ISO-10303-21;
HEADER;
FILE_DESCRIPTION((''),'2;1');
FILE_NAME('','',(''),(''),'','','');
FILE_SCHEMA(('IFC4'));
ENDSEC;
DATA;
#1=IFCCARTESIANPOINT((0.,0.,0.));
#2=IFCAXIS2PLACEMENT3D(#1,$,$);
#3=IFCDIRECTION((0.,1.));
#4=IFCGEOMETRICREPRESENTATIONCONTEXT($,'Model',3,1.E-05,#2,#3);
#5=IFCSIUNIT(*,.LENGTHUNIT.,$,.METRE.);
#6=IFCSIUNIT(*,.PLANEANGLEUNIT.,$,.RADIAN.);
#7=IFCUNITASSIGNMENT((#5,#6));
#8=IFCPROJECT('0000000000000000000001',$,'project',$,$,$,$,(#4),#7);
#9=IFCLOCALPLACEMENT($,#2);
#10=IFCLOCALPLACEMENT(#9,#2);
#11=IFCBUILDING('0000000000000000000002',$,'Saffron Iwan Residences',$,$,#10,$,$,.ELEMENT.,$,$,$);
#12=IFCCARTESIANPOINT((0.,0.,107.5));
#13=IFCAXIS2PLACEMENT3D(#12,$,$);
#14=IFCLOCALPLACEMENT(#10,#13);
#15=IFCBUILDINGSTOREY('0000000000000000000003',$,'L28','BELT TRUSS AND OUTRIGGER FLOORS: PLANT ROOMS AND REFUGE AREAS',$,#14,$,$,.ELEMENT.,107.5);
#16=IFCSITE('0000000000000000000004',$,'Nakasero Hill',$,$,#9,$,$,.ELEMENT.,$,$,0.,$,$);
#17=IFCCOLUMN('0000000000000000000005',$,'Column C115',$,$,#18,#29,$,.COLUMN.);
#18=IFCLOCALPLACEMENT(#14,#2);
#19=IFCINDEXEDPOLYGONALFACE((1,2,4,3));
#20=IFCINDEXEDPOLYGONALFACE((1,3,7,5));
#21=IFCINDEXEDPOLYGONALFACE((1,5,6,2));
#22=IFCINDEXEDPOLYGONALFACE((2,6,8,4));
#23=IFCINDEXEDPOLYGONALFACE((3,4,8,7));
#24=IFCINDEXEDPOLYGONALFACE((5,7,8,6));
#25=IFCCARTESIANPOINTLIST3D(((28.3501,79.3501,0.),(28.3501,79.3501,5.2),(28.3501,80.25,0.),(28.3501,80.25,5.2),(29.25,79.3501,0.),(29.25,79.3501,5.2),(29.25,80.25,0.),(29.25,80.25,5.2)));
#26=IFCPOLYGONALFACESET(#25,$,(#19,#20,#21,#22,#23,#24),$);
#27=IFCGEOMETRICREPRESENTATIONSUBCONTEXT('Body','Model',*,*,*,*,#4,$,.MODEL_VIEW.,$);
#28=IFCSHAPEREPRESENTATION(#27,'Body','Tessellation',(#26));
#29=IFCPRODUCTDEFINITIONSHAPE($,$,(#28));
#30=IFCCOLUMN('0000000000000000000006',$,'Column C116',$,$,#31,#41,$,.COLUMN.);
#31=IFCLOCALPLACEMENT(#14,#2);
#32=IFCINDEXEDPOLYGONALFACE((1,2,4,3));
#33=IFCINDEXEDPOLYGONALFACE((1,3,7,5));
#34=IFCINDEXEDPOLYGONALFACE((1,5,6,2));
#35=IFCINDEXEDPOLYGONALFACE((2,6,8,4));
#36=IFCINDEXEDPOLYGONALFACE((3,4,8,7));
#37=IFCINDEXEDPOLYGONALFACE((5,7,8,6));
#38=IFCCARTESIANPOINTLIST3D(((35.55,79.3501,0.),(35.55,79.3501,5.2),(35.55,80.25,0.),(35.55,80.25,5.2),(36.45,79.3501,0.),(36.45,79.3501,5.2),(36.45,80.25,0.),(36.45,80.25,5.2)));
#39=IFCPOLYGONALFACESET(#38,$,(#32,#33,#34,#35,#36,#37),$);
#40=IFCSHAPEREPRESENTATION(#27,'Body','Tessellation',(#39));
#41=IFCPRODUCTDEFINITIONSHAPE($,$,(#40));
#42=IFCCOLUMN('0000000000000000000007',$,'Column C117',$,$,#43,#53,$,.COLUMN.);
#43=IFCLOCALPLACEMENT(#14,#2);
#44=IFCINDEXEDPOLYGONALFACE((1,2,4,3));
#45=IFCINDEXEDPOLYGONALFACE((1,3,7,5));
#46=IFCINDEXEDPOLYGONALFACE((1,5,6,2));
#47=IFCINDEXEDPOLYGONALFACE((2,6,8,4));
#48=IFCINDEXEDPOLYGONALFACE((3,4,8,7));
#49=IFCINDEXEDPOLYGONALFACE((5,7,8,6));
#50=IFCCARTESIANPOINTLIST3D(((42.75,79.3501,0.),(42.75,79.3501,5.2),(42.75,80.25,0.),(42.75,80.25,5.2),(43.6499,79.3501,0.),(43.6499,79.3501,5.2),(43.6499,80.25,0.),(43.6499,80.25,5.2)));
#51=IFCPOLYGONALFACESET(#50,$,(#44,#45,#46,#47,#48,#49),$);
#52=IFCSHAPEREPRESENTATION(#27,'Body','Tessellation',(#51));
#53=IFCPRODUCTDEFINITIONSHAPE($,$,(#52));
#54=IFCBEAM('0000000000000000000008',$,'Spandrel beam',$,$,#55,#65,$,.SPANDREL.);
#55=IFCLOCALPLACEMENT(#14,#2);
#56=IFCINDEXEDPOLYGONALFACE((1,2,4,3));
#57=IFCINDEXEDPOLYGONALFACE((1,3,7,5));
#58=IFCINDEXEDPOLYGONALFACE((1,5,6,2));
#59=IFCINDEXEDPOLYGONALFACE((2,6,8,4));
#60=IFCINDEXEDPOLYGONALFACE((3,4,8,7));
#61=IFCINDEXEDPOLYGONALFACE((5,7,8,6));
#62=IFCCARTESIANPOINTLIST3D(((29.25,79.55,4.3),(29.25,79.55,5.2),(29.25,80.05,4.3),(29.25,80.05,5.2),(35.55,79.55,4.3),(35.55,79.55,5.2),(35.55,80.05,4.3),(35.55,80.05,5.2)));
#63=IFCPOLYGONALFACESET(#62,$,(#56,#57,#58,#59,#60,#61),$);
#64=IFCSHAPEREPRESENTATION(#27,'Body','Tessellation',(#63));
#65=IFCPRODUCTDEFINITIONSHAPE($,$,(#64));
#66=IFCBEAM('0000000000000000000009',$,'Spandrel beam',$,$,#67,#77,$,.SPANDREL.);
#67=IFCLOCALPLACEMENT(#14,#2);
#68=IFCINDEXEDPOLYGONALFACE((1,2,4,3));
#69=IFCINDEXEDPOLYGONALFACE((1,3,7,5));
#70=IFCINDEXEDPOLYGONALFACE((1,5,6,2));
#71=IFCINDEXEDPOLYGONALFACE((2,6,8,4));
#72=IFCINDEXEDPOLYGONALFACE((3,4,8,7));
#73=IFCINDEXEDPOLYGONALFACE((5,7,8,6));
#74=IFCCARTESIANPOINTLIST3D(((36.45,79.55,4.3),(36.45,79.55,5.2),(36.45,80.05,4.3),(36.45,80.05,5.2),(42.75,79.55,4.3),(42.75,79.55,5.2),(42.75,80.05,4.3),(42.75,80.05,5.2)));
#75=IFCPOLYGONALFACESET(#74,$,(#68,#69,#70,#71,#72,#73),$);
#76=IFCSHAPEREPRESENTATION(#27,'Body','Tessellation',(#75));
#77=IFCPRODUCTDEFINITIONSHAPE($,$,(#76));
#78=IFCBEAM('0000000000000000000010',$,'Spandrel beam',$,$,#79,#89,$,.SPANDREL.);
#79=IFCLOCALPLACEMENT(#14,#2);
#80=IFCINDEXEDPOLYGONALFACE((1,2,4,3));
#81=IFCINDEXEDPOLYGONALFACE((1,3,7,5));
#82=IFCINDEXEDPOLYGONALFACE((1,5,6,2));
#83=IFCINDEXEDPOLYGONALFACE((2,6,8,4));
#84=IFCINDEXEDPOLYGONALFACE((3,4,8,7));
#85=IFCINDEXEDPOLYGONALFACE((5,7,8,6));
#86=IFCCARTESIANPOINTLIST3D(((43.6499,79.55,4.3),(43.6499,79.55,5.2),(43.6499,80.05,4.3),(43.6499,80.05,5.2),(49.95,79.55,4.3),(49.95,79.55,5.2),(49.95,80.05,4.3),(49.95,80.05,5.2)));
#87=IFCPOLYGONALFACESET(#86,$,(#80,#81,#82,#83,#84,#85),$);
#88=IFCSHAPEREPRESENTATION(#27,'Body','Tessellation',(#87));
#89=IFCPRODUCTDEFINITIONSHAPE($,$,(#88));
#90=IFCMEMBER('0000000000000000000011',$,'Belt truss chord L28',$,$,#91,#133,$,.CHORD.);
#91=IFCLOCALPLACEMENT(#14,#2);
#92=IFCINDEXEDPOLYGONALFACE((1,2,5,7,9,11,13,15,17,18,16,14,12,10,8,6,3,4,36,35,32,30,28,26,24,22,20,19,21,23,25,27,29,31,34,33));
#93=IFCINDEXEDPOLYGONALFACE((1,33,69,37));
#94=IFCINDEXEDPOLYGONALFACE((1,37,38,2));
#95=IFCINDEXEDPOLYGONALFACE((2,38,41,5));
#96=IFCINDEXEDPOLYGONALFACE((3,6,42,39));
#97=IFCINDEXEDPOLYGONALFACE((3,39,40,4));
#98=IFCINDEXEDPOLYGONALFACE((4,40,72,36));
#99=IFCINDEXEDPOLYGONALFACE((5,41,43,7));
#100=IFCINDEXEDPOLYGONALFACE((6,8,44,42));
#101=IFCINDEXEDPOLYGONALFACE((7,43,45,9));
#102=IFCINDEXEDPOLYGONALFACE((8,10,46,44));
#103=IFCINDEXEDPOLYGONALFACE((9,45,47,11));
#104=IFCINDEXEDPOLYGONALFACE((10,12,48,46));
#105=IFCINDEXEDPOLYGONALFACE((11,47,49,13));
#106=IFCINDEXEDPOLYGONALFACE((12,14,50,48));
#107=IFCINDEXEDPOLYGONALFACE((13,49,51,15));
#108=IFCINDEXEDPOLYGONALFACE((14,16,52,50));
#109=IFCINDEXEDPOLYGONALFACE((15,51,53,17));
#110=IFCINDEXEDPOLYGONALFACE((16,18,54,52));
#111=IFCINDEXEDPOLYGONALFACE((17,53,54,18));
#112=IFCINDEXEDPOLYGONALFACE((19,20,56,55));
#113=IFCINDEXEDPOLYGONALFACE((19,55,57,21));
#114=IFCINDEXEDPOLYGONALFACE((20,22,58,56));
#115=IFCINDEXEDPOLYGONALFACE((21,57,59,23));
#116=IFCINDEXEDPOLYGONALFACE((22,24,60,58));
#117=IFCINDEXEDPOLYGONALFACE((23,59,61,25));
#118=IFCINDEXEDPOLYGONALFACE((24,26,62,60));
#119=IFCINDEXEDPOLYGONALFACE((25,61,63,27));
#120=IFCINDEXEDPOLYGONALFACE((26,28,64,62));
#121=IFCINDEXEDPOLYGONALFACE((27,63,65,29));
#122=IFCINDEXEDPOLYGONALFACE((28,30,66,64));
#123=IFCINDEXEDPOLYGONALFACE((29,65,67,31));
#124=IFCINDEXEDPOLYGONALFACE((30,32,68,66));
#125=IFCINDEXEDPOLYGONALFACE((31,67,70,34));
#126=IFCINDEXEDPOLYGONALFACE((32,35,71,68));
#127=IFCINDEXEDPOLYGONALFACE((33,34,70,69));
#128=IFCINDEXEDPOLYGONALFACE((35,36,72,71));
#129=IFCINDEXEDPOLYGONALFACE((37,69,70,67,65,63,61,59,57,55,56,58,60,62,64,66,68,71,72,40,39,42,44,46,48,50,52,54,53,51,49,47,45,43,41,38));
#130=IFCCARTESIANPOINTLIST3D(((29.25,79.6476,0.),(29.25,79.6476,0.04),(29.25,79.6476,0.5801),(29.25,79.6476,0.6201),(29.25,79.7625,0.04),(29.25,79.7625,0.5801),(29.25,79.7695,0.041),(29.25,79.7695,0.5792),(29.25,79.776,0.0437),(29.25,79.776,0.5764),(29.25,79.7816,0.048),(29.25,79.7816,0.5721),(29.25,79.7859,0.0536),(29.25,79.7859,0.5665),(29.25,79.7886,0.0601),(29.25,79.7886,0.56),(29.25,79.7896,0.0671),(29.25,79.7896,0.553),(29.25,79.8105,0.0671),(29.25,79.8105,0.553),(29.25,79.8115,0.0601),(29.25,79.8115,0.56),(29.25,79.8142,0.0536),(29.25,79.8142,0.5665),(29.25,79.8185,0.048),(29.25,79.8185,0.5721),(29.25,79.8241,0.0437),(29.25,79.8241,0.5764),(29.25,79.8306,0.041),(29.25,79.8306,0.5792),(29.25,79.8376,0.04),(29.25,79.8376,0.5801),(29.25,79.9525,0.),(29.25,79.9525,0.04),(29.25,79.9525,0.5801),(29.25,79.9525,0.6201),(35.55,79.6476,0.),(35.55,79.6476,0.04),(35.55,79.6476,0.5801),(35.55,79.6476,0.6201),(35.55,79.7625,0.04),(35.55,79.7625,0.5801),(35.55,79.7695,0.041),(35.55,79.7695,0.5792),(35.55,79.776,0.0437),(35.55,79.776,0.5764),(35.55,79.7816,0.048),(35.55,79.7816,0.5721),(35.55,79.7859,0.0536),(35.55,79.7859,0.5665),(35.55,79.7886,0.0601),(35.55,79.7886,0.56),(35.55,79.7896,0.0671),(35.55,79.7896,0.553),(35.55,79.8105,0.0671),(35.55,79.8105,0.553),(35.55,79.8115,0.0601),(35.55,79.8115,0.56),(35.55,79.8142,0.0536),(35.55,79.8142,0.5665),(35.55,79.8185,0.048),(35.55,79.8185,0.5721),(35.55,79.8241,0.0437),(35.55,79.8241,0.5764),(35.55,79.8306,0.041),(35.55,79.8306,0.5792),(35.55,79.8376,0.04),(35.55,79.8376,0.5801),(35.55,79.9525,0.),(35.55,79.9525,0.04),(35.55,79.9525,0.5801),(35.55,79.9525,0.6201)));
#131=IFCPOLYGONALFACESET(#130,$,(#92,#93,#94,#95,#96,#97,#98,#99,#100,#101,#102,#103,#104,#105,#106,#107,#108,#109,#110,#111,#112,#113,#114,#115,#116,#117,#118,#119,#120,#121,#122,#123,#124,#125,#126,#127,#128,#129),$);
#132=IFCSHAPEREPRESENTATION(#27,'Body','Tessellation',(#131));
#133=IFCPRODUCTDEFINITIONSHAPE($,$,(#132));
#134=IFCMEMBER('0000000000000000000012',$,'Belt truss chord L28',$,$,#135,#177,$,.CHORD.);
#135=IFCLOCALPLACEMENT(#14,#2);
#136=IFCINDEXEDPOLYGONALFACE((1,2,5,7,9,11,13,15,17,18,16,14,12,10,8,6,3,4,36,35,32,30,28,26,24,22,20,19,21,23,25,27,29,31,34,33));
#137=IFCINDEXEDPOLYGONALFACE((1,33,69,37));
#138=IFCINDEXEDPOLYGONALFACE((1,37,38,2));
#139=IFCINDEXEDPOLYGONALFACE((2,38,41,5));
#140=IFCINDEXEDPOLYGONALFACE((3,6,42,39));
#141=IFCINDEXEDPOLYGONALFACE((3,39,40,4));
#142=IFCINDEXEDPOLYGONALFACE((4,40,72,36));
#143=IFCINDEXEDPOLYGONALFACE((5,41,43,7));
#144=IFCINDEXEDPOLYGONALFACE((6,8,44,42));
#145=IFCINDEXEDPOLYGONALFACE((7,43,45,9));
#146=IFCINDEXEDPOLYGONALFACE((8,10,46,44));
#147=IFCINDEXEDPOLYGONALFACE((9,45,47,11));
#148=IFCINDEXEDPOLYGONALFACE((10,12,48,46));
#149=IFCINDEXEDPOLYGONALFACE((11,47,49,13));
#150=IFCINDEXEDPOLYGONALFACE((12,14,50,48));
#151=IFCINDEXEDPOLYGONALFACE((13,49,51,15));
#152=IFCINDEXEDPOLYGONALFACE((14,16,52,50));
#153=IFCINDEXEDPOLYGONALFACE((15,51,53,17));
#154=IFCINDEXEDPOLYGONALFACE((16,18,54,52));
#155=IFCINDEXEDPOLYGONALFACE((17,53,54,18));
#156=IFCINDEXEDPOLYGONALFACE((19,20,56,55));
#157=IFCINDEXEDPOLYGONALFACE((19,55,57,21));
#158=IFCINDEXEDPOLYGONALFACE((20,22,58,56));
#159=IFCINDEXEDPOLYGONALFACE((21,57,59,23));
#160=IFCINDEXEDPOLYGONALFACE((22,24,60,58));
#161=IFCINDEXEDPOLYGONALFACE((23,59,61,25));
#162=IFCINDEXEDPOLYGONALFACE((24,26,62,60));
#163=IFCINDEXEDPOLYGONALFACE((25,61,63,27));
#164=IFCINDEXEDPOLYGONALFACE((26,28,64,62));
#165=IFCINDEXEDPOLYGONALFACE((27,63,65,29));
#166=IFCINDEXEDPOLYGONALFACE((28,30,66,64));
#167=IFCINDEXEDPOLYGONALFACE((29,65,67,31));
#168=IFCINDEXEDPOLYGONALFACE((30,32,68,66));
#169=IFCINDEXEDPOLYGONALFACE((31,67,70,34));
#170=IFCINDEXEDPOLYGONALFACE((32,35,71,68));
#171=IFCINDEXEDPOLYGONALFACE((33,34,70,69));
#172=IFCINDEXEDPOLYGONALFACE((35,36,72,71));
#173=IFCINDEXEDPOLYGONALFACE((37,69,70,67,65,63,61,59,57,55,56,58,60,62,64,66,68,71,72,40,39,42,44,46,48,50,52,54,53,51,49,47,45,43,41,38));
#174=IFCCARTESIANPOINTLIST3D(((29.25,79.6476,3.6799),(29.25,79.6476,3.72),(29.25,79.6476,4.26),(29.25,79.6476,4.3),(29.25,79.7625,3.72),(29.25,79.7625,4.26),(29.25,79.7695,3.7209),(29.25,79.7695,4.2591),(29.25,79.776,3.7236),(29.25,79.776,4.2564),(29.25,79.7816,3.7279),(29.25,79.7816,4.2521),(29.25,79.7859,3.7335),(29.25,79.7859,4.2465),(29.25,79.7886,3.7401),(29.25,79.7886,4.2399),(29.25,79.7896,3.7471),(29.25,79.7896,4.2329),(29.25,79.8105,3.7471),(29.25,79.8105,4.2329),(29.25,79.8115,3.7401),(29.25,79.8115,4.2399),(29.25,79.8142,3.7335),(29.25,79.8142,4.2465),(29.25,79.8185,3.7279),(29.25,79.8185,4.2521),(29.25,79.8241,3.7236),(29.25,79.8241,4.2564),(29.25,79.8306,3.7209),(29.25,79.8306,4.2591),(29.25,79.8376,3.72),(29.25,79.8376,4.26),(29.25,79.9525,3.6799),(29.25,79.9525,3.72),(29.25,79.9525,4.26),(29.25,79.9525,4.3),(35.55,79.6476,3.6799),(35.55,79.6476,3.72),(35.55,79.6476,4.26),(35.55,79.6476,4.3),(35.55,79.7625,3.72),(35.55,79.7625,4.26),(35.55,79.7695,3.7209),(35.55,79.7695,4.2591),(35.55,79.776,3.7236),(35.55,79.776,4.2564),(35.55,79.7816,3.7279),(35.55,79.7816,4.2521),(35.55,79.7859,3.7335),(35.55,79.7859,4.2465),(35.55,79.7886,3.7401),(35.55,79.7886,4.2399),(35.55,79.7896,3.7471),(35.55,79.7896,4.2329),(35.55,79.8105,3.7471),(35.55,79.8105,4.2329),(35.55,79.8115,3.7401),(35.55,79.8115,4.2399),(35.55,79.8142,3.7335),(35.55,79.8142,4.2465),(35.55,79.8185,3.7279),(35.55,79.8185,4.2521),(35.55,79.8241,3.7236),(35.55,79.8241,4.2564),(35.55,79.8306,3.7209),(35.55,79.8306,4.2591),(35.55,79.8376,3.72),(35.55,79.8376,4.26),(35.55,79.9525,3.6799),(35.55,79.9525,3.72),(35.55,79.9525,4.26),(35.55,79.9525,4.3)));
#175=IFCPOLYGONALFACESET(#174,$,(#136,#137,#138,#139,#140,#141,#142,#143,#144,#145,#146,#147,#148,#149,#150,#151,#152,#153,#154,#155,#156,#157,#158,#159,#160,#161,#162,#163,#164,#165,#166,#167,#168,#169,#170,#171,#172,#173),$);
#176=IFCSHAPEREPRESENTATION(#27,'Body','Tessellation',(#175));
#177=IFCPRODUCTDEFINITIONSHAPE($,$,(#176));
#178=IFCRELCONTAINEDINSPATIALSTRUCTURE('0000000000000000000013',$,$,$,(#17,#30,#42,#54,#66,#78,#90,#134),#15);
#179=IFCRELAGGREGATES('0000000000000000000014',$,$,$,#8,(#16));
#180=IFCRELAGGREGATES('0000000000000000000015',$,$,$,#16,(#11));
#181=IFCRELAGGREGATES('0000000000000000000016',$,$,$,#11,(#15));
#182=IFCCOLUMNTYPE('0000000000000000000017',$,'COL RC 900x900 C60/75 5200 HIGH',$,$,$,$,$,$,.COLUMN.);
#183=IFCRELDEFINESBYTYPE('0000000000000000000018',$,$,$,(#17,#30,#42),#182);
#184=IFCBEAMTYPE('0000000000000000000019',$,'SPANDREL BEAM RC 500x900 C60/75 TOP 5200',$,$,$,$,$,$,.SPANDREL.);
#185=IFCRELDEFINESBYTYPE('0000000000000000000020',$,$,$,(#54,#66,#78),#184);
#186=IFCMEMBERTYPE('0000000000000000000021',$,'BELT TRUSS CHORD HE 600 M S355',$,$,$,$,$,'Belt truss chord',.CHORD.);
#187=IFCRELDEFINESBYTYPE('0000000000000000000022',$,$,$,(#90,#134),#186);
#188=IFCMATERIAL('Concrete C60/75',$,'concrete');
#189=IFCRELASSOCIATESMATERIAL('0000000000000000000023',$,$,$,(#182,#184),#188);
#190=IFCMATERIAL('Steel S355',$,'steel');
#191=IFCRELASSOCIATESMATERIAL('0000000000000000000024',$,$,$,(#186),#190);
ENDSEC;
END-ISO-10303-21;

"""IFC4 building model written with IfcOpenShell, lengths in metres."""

from ifc_helpers import new_model, si_unit, direction, frame, origin, origin_2d, place, context, subcontext, project, spatial, rectangle, i_section, extrude, source, transform, mapped, material, material_profile, profile_set, type_object, element, save


model = new_model("IFC4")

# Units and contexts
model_context = context("Model", 3, precision=1e-05, world=origin(), true_north=direction((0.0, 1.0)))
body_context = subcontext(model_context, "Body", "Model", "MODEL_VIEW")
ifc_project = project(units=[si_unit("LENGTHUNIT", "METRE"), si_unit("PLANEANGLEUNIT", "RADIAN")], contexts=[model_context])

# Site, building, storey
site_placement = place(None, origin())
site = spatial("IfcSite", under=ifc_project, at=site_placement, Name="Nakasero Hill", CompositionType="ELEMENT", RefElevation=0.0)
building_placement = place(site_placement, origin())
building = spatial("IfcBuilding", under=site, at=building_placement, Name="Saffron Iwan Residences", CompositionType="ELEMENT")
storey_placement = place(building_placement, frame((0.0, 0.0, 107.5)))
storey = spatial("IfcBuildingStorey", under=building, at=storey_placement, Name="L28", Description="BELT TRUSS AND OUTRIGGER FLOORS: PLANT ROOMS AND REFUGE AREAS", CompositionType="ELEMENT", Elevation=107.5)

# Columns
ifc_material_1 = material(Name="Concrete C60/75", Category="concrete")
ifc_material_profile_1 = material_profile(ifc_material_1, rectangle(XDim=0.8999, YDim=0.8999, at=origin_2d()), Name="RC 900x900")
ifc_profile_set_1 = profile_set([ifc_material_profile_1], Name="Concrete C60/75")
column_type = type_object("IfcColumnType", Name="COL RC 900x900 C60/75 5200 HIGH", PredefinedType="COLUMN", material=ifc_profile_set_1)
shared_shape_1 = source(origin(), body_context, "Body", "SweptSolid", [
    extrude(rectangle(XDim=0.8999, YDim=0.8999, at=origin_2d()), origin(), (0.0, 0.0, 1.0), 5.2),
])
for number, where, z_axis, x_axis, name in (
    (1, (28.8, 79.8, 0.0), (0.0, 0.0, 1.0), (1.0, 0.0, 0.0), "Column C115"),
    (2, (36.0, 79.8, 0.0), (0.0, 0.0, 1.0), (1.0, 0.0, 0.0), "Column C116"),
    (3, (43.2, 79.8, 0.0), (0.0, 0.0, 1.0), (1.0, 0.0, 0.0), "Column C117"),
):
    element("IfcColumn", number, at=place(storey_placement, frame(where, z_axis=z_axis, x_axis=x_axis)), inside=storey, type_object=column_type, Name=name, PredefinedType="COLUMN", context=body_context, shape_type="MappedRepresentation", body=[
        mapped(shared_shape_1, transform((0.0, 0.0, 0.0))),
    ])

# Beams
ifc_material_profile_2 = material_profile(ifc_material_1, rectangle(XDim=0.5, YDim=0.8999, at=origin_2d()), Name="RC 500x900")
ifc_profile_set_2 = profile_set([ifc_material_profile_2], Name="Concrete C60/75")
beam_type = type_object("IfcBeamType", Name="SPANDREL BEAM RC 500x900 C60/75 TOP 5200", PredefinedType="SPANDREL", material=ifc_profile_set_2)
shared_shape_2 = source(origin(), body_context, "Body", "SweptSolid", [
    extrude(rectangle(XDim=0.5, YDim=0.8999, at=origin_2d()), origin(), (0.0, 0.0, 1.0), 6.3),
])
for number, where, z_axis, x_axis, name in (
    (4, (29.25, 79.8, 4.75), (1.0, 0.0, 0.0), (0.0, 1.0, 0.0), "Spandrel beam"),
    (5, (36.45, 79.8, 4.75), (1.0, 0.0, 0.0), (0.0, 1.0, 0.0), "Spandrel beam"),
    (6, (43.6499, 79.8, 4.75), (1.0, 0.0, 0.0), (0.0, 1.0, 0.0), "Spandrel beam"),
):
    element("IfcBeam", number, at=place(storey_placement, frame(where, z_axis=z_axis, x_axis=x_axis)), inside=storey, type_object=beam_type, Name=name, PredefinedType="SPANDREL", context=body_context, shape_type="MappedRepresentation", body=[
        mapped(shared_shape_2, transform((0.0, 0.0, 0.0))),
    ])

# Members
ifc_material_2 = material(Name="Steel S355", Category="steel")
ifc_material_profile_3 = material_profile(ifc_material_2, i_section(OverallWidth=0.3049, OverallDepth=0.6201, WebThickness=0.021, FlangeThickness=0.04, FilletRadius=0.0271, at=origin_2d()), Name="HE 600 M")
ifc_profile_set_3 = profile_set([ifc_material_profile_3], Name="Steel S355")
member_type_1 = type_object("IfcMemberType", Name="BELT TRUSS CHORD HE 600 M S355", ElementType="Belt truss chord", PredefinedType="CHORD", material=ifc_profile_set_3)
shared_shape_3 = source(origin(), body_context, "Body", "SweptSolid", [
    extrude(i_section(OverallWidth=0.3049, OverallDepth=0.6201, WebThickness=0.021, FlangeThickness=0.04, FilletRadius=0.0271, at=origin_2d()), origin(), (0.0, 0.0, 1.0), 6.3),
])
for number, where, z_axis, x_axis, name in (
    (7, (29.25, 79.8, 0.3101), (1.0, 0.0, 0.0), (0.0, 1.0, 0.0), "Belt truss chord L28"),
    (8, (29.25, 79.8, 3.99), (1.0, 0.0, 0.0), (0.0, 1.0, 0.0), "Belt truss chord L28"),
):
    element("IfcMember", number, at=place(storey_placement, frame(where, z_axis=z_axis, x_axis=x_axis)), inside=storey, type_object=member_type_1, Name=name, PredefinedType="CHORD", context=body_context, shape_type="MappedRepresentation", body=[
        mapped(shared_shape_3, transform((0.0, 0.0, 0.0))),
    ])

save(model, "model.ifc")
